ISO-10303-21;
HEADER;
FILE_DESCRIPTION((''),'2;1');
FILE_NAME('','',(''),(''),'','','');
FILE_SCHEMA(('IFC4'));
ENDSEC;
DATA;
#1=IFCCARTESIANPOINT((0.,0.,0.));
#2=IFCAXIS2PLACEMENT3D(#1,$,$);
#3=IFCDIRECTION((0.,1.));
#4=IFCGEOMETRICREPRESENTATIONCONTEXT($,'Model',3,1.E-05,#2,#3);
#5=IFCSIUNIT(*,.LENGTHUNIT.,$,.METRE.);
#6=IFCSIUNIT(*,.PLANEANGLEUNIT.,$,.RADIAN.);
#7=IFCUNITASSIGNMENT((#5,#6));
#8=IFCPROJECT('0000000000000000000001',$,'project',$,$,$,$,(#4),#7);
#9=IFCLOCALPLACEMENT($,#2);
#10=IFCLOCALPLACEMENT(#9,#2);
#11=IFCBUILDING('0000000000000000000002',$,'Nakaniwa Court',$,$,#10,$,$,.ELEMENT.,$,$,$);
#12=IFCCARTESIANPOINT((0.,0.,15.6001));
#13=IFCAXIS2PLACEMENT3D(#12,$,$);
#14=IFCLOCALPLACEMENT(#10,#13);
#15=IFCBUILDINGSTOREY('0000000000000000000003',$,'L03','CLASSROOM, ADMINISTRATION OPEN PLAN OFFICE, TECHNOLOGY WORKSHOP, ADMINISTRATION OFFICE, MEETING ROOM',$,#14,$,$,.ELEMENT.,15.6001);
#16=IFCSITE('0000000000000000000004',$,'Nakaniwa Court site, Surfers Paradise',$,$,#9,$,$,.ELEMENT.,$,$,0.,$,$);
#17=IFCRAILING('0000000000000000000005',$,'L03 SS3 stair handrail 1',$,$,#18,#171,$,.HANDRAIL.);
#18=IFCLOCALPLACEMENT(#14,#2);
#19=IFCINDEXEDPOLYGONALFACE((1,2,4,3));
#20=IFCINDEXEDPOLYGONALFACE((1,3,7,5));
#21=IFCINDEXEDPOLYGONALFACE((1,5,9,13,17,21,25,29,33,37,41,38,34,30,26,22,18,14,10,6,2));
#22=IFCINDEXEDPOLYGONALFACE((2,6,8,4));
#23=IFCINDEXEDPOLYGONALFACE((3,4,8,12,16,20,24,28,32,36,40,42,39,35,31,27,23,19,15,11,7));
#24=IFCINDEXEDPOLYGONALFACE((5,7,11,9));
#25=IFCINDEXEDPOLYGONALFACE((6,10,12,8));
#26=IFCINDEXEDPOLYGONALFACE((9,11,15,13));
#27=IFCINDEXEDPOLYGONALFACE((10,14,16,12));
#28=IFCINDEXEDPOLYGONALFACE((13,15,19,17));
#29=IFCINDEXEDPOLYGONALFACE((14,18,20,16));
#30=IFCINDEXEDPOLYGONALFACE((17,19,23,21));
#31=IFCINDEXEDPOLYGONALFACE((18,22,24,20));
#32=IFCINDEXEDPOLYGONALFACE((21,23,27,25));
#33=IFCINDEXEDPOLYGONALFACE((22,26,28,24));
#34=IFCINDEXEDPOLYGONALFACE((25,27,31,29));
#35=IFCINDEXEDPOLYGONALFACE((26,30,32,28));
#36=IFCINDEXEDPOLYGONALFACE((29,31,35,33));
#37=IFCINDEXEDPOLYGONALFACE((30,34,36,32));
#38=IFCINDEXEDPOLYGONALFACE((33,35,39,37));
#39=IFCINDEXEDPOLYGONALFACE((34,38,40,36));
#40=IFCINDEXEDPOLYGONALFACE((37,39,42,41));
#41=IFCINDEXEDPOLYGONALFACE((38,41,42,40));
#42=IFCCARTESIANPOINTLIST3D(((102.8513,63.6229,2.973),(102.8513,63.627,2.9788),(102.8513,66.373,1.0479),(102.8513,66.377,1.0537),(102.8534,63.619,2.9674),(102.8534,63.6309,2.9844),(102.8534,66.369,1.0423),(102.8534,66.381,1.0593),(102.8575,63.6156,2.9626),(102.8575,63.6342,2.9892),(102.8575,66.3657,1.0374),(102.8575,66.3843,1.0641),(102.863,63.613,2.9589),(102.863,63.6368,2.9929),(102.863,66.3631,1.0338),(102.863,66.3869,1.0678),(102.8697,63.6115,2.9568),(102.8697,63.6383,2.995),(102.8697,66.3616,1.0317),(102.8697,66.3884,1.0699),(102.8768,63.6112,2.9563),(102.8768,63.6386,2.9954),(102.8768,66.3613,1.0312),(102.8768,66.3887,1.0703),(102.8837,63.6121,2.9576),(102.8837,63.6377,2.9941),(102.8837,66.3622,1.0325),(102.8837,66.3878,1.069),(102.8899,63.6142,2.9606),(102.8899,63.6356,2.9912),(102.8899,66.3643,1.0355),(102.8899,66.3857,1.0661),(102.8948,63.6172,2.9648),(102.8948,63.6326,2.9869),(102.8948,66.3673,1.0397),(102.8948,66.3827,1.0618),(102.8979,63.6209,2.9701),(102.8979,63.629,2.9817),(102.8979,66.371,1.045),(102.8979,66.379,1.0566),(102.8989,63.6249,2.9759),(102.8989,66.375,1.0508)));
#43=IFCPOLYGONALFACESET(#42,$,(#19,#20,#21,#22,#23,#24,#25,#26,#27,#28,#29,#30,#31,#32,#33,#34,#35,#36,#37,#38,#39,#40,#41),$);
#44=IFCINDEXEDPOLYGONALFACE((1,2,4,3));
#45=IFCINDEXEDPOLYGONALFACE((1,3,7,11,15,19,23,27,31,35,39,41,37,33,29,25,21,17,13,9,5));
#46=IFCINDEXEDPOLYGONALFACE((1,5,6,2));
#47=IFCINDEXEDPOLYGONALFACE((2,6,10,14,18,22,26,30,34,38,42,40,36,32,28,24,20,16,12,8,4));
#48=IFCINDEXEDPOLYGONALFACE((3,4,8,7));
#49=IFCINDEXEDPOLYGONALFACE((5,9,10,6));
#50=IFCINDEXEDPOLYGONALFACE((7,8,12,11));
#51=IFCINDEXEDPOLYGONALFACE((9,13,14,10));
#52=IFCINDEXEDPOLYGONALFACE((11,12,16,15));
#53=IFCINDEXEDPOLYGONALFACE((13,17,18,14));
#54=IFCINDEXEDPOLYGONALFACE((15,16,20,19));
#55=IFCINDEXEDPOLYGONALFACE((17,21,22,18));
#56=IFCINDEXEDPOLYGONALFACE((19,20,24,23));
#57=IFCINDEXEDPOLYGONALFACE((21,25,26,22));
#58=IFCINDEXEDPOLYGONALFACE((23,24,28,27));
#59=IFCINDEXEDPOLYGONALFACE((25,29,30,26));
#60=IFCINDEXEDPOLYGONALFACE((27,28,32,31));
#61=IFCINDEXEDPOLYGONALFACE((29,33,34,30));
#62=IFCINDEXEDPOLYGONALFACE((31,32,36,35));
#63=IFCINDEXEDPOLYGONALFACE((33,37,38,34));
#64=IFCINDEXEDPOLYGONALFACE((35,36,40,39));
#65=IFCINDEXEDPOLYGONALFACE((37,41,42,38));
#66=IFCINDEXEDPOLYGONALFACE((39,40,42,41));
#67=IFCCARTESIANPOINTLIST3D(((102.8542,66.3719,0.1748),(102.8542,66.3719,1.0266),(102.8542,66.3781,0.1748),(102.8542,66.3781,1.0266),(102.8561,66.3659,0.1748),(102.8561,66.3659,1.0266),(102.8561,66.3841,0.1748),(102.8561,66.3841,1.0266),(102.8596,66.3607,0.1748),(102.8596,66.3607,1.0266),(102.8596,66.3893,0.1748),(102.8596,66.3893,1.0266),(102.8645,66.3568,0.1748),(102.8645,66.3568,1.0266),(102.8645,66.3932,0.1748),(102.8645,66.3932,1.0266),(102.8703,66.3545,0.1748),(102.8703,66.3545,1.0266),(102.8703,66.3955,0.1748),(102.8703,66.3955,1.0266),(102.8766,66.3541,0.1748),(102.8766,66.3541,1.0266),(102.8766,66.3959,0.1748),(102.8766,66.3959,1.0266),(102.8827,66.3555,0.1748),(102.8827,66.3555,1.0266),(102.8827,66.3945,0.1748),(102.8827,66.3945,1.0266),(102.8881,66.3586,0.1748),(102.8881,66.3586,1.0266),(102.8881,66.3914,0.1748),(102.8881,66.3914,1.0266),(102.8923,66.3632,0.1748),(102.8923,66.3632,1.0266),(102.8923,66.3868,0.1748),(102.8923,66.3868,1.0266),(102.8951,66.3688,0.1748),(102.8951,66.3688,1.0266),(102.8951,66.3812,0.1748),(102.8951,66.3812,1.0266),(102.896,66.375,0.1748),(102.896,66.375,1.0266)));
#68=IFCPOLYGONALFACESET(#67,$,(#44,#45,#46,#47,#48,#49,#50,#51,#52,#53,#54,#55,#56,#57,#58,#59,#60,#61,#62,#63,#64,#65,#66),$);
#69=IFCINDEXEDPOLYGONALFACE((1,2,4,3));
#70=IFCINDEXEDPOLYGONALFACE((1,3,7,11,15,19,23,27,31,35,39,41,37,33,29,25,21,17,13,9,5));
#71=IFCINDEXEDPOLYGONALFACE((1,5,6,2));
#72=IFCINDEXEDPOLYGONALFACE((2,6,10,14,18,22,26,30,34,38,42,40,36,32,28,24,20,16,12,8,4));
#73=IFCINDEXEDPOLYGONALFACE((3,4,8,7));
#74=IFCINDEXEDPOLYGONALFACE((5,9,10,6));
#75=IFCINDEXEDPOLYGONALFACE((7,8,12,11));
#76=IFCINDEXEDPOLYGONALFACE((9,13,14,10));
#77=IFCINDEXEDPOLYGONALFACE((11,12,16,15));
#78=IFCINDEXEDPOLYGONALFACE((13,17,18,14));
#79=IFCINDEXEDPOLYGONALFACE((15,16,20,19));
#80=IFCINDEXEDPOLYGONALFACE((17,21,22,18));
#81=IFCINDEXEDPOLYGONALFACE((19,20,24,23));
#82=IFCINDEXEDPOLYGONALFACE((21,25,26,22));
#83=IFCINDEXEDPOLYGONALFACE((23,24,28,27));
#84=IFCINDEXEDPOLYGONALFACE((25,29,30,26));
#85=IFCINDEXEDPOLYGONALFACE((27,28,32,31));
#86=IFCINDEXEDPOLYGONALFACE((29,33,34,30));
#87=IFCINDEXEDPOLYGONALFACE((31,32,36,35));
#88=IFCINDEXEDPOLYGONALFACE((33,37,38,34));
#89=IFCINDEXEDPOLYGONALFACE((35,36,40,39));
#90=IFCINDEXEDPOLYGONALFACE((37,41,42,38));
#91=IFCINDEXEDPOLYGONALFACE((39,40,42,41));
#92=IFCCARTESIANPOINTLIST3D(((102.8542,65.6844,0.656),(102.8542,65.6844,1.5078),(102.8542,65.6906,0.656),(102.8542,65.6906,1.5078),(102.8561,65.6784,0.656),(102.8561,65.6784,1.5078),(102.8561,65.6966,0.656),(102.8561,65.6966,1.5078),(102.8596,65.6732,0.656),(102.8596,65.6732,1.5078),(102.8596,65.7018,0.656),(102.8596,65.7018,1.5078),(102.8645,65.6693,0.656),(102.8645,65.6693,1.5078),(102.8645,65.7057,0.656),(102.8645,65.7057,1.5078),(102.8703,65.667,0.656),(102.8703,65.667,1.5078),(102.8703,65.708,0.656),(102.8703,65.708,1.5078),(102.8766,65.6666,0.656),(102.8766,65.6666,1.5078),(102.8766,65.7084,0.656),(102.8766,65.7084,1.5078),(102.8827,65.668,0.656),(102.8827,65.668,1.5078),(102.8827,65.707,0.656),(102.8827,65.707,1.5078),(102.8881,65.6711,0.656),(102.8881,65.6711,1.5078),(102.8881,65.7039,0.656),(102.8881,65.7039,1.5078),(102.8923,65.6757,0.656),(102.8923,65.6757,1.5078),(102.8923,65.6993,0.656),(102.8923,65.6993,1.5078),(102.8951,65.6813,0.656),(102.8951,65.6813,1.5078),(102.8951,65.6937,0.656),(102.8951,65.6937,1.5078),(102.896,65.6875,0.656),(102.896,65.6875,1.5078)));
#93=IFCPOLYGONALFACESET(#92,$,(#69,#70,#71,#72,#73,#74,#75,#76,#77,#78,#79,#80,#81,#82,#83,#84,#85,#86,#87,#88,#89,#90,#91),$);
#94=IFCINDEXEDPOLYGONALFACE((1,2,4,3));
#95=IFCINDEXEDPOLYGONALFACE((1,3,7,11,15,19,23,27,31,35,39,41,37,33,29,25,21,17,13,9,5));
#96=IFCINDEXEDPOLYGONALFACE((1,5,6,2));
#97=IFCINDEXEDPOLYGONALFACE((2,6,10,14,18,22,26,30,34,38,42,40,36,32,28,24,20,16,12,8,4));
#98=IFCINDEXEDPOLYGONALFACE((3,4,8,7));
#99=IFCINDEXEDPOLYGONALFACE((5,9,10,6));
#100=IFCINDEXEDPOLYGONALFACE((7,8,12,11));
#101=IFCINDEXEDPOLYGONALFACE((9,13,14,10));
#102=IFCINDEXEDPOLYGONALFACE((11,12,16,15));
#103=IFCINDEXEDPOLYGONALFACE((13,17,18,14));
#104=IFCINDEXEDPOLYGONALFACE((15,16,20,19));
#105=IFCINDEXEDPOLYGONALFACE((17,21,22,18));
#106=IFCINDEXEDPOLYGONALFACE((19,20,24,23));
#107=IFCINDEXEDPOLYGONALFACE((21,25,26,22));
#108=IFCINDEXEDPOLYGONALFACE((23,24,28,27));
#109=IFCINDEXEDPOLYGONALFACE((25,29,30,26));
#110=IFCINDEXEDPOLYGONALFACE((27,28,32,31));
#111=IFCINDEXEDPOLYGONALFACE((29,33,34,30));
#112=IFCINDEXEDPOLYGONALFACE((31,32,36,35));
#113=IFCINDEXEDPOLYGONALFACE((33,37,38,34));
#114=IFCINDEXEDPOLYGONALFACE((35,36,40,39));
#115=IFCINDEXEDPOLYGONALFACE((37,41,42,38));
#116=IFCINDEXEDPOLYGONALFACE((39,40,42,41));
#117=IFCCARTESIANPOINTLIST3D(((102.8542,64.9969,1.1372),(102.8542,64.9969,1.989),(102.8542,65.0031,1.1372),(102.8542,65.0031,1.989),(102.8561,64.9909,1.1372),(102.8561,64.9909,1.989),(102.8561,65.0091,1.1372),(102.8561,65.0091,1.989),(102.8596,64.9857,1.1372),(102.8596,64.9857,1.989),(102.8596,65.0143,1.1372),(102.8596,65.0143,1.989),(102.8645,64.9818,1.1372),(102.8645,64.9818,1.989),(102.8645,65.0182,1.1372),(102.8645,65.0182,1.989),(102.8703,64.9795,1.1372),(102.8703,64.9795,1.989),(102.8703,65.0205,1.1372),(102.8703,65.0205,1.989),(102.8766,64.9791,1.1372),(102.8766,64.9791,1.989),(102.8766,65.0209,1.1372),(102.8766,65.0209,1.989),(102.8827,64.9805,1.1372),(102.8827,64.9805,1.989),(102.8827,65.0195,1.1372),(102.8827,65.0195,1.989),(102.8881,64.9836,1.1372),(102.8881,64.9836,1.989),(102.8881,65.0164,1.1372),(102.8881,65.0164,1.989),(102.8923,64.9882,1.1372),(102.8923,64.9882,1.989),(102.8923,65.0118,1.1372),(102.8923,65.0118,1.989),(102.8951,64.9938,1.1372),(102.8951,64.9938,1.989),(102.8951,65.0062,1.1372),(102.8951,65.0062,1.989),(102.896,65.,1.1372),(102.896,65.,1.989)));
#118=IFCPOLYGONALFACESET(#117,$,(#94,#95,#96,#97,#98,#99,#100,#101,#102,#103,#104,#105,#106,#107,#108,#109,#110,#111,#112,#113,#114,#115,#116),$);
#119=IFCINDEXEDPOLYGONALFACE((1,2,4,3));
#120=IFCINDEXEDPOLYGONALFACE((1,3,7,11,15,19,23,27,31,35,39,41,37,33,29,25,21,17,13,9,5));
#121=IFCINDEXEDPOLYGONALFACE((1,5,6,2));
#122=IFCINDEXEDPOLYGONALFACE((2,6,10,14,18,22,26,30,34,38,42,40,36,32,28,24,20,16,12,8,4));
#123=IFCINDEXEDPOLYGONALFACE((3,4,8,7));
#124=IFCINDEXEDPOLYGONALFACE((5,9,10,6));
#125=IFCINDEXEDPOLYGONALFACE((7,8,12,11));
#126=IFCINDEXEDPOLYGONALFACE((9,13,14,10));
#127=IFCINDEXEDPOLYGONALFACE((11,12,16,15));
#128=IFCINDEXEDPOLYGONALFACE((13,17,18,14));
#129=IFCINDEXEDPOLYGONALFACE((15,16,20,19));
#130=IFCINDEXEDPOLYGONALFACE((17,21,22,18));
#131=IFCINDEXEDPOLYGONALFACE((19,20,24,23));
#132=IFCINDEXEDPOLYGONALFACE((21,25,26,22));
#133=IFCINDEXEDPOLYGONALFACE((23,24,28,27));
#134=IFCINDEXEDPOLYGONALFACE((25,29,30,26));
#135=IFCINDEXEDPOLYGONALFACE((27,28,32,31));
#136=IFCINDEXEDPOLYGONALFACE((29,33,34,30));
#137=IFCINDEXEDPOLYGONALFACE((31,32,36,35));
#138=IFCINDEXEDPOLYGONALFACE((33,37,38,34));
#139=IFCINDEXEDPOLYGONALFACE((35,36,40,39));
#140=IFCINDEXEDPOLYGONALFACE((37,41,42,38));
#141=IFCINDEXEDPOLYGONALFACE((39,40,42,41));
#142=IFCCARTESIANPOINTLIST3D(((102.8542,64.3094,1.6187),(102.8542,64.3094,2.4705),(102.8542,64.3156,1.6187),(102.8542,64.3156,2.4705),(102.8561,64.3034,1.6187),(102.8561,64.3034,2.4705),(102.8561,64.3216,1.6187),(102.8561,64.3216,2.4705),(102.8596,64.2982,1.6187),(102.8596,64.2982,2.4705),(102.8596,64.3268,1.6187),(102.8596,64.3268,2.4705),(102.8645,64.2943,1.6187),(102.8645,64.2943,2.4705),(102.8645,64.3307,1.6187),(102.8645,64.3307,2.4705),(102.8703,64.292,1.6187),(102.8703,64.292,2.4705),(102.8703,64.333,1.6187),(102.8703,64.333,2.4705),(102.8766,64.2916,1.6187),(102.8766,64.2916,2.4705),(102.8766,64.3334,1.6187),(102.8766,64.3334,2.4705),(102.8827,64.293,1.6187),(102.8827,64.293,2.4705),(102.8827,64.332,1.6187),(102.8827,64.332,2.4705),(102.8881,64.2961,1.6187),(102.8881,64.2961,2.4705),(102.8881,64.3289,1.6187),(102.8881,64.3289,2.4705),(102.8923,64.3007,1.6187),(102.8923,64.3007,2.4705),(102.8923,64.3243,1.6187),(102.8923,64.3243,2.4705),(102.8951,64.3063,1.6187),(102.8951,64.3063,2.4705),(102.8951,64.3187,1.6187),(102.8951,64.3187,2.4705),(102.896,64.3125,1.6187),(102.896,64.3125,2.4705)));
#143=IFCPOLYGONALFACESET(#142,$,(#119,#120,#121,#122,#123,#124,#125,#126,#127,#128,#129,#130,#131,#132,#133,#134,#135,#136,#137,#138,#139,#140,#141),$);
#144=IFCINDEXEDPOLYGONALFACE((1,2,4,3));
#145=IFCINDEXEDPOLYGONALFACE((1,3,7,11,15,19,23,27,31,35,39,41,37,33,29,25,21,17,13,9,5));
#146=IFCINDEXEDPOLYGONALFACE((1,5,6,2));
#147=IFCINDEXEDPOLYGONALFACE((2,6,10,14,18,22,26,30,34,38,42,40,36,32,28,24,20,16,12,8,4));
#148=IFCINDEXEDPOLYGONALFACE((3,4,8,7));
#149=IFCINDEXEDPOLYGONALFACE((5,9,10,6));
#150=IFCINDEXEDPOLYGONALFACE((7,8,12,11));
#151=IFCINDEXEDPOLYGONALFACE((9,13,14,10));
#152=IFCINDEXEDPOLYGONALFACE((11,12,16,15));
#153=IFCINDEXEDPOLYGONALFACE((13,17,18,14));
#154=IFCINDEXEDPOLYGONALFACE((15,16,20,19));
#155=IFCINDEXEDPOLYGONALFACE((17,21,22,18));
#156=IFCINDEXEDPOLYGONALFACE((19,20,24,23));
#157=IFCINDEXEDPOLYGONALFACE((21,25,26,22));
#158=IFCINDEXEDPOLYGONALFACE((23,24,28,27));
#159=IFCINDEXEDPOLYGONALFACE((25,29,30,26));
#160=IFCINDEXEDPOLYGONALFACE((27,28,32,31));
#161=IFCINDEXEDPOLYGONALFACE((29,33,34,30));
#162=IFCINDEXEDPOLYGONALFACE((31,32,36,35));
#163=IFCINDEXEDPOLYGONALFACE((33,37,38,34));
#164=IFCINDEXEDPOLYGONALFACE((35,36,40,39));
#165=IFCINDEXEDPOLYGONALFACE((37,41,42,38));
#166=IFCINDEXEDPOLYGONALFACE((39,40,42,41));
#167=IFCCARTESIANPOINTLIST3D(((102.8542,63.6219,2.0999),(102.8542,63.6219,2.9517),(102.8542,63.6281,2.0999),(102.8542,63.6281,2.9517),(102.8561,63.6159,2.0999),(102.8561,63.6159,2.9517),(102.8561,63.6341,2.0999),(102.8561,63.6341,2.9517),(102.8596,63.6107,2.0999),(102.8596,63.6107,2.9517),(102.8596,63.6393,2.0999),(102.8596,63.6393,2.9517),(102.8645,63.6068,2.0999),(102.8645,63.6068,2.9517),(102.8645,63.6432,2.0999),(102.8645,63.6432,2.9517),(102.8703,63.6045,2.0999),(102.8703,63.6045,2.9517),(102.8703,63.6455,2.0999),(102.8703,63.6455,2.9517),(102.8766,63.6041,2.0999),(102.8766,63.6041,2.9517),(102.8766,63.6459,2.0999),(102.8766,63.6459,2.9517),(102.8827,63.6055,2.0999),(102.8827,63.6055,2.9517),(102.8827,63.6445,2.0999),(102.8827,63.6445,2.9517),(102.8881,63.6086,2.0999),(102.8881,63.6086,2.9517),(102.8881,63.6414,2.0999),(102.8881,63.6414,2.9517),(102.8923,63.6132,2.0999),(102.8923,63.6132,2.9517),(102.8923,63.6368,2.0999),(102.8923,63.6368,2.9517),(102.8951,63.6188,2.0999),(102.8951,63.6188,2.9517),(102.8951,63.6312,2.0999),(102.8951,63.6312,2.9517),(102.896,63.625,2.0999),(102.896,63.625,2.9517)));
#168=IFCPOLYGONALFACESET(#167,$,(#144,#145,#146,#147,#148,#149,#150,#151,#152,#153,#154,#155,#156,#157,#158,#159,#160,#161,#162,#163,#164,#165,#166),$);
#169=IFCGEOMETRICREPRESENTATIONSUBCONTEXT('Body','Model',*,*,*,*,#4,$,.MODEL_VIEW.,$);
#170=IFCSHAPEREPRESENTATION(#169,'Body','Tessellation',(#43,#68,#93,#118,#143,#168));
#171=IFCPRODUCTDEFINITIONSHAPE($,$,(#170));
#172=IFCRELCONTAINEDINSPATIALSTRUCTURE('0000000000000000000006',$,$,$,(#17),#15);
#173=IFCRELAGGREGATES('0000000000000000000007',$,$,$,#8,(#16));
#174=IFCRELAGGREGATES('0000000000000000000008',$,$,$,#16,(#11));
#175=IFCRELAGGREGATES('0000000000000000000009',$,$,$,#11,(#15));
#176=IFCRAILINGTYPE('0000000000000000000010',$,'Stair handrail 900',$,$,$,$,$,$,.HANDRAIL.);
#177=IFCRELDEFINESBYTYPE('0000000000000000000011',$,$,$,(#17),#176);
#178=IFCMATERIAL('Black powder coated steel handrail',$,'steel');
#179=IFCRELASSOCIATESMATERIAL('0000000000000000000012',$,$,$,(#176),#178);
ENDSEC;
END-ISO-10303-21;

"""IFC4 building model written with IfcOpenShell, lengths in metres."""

from ifc_helpers import new_model, si_unit, direction, frame, origin, origin_2d, place, context, subcontext, project, spatial, circle, extrude, material, type_object, element, save


model = new_model("IFC4")

# Units and contexts
model_context = context("Model", 3, precision=1e-05, world=origin(), true_north=direction((0.0, 1.0)))
body_context = subcontext(model_context, "Body", "Model", "MODEL_VIEW")
ifc_project = project(units=[si_unit("LENGTHUNIT", "METRE"), si_unit("PLANEANGLEUNIT", "RADIAN")], contexts=[model_context])

# Site, building, storey
site_placement = place(None, origin())
site = spatial("IfcSite", under=ifc_project, at=site_placement, Name="Nakaniwa Court site, Surfers Paradise", CompositionType="ELEMENT", RefElevation=0.0)
building_placement = place(site_placement, origin())
building = spatial("IfcBuilding", under=site, at=building_placement, Name="Nakaniwa Court", CompositionType="ELEMENT")
storey_placement = place(building_placement, frame((0.0, 0.0, 15.6001)))
storey = spatial("IfcBuildingStorey", under=building, at=storey_placement, Name="L03", Description="CLASSROOM, ADMINISTRATION OPEN PLAN OFFICE, TECHNOLOGY WORKSHOP, ADMINISTRATION OFFICE, MEETING ROOM", CompositionType="ELEMENT", Elevation=15.6001)

# Railing
ifc_material_1 = material(Name="Black powder coated steel handrail", Category="steel")
railing_type_1 = type_object("IfcRailingType", Name="Stair handrail 900", PredefinedType="HANDRAIL", material=ifc_material_1)
railing_1_placement = place(storey_placement, frame((102.875, 66.375, 0.1748)))
element("IfcRailing", 1, at=railing_1_placement, inside=storey, type_object=railing_type_1, Name="L03 SS3 stair handrail 1", PredefinedType="HANDRAIL", context=body_context, shape_type="SweptSolid", body=[
    extrude(circle(Radius=0.0239, at=origin_2d()), frame((0.0, 0.0, 0.876), z_axis=(0.0, -0.819225, 0.573472), x_axis=(1.0, 0.0, 0.0)), (0.0, 0.0, 1.0), 3.3569),
    extrude(circle(Radius=0.021, at=origin_2d()), origin(), (0.0, 0.0, 1.0), 0.8518),
    extrude(circle(Radius=0.021, at=origin_2d()), frame((0.0, -0.6875, 0.4812)), (0.0, 0.0, 1.0), 0.8518),
    extrude(circle(Radius=0.021, at=origin_2d()), frame((0.0, -1.375, 0.9624)), (0.0, 0.0, 1.0), 0.8518),
    extrude(circle(Radius=0.021, at=origin_2d()), frame((0.0, -2.0625, 1.4438)), (0.0, 0.0, 1.0), 0.8518),
    extrude(circle(Radius=0.021, at=origin_2d()), frame((0.0, -2.75, 1.925)), (0.0, 0.0, 1.0), 0.8518),
])

save(model, "model.ifc")
